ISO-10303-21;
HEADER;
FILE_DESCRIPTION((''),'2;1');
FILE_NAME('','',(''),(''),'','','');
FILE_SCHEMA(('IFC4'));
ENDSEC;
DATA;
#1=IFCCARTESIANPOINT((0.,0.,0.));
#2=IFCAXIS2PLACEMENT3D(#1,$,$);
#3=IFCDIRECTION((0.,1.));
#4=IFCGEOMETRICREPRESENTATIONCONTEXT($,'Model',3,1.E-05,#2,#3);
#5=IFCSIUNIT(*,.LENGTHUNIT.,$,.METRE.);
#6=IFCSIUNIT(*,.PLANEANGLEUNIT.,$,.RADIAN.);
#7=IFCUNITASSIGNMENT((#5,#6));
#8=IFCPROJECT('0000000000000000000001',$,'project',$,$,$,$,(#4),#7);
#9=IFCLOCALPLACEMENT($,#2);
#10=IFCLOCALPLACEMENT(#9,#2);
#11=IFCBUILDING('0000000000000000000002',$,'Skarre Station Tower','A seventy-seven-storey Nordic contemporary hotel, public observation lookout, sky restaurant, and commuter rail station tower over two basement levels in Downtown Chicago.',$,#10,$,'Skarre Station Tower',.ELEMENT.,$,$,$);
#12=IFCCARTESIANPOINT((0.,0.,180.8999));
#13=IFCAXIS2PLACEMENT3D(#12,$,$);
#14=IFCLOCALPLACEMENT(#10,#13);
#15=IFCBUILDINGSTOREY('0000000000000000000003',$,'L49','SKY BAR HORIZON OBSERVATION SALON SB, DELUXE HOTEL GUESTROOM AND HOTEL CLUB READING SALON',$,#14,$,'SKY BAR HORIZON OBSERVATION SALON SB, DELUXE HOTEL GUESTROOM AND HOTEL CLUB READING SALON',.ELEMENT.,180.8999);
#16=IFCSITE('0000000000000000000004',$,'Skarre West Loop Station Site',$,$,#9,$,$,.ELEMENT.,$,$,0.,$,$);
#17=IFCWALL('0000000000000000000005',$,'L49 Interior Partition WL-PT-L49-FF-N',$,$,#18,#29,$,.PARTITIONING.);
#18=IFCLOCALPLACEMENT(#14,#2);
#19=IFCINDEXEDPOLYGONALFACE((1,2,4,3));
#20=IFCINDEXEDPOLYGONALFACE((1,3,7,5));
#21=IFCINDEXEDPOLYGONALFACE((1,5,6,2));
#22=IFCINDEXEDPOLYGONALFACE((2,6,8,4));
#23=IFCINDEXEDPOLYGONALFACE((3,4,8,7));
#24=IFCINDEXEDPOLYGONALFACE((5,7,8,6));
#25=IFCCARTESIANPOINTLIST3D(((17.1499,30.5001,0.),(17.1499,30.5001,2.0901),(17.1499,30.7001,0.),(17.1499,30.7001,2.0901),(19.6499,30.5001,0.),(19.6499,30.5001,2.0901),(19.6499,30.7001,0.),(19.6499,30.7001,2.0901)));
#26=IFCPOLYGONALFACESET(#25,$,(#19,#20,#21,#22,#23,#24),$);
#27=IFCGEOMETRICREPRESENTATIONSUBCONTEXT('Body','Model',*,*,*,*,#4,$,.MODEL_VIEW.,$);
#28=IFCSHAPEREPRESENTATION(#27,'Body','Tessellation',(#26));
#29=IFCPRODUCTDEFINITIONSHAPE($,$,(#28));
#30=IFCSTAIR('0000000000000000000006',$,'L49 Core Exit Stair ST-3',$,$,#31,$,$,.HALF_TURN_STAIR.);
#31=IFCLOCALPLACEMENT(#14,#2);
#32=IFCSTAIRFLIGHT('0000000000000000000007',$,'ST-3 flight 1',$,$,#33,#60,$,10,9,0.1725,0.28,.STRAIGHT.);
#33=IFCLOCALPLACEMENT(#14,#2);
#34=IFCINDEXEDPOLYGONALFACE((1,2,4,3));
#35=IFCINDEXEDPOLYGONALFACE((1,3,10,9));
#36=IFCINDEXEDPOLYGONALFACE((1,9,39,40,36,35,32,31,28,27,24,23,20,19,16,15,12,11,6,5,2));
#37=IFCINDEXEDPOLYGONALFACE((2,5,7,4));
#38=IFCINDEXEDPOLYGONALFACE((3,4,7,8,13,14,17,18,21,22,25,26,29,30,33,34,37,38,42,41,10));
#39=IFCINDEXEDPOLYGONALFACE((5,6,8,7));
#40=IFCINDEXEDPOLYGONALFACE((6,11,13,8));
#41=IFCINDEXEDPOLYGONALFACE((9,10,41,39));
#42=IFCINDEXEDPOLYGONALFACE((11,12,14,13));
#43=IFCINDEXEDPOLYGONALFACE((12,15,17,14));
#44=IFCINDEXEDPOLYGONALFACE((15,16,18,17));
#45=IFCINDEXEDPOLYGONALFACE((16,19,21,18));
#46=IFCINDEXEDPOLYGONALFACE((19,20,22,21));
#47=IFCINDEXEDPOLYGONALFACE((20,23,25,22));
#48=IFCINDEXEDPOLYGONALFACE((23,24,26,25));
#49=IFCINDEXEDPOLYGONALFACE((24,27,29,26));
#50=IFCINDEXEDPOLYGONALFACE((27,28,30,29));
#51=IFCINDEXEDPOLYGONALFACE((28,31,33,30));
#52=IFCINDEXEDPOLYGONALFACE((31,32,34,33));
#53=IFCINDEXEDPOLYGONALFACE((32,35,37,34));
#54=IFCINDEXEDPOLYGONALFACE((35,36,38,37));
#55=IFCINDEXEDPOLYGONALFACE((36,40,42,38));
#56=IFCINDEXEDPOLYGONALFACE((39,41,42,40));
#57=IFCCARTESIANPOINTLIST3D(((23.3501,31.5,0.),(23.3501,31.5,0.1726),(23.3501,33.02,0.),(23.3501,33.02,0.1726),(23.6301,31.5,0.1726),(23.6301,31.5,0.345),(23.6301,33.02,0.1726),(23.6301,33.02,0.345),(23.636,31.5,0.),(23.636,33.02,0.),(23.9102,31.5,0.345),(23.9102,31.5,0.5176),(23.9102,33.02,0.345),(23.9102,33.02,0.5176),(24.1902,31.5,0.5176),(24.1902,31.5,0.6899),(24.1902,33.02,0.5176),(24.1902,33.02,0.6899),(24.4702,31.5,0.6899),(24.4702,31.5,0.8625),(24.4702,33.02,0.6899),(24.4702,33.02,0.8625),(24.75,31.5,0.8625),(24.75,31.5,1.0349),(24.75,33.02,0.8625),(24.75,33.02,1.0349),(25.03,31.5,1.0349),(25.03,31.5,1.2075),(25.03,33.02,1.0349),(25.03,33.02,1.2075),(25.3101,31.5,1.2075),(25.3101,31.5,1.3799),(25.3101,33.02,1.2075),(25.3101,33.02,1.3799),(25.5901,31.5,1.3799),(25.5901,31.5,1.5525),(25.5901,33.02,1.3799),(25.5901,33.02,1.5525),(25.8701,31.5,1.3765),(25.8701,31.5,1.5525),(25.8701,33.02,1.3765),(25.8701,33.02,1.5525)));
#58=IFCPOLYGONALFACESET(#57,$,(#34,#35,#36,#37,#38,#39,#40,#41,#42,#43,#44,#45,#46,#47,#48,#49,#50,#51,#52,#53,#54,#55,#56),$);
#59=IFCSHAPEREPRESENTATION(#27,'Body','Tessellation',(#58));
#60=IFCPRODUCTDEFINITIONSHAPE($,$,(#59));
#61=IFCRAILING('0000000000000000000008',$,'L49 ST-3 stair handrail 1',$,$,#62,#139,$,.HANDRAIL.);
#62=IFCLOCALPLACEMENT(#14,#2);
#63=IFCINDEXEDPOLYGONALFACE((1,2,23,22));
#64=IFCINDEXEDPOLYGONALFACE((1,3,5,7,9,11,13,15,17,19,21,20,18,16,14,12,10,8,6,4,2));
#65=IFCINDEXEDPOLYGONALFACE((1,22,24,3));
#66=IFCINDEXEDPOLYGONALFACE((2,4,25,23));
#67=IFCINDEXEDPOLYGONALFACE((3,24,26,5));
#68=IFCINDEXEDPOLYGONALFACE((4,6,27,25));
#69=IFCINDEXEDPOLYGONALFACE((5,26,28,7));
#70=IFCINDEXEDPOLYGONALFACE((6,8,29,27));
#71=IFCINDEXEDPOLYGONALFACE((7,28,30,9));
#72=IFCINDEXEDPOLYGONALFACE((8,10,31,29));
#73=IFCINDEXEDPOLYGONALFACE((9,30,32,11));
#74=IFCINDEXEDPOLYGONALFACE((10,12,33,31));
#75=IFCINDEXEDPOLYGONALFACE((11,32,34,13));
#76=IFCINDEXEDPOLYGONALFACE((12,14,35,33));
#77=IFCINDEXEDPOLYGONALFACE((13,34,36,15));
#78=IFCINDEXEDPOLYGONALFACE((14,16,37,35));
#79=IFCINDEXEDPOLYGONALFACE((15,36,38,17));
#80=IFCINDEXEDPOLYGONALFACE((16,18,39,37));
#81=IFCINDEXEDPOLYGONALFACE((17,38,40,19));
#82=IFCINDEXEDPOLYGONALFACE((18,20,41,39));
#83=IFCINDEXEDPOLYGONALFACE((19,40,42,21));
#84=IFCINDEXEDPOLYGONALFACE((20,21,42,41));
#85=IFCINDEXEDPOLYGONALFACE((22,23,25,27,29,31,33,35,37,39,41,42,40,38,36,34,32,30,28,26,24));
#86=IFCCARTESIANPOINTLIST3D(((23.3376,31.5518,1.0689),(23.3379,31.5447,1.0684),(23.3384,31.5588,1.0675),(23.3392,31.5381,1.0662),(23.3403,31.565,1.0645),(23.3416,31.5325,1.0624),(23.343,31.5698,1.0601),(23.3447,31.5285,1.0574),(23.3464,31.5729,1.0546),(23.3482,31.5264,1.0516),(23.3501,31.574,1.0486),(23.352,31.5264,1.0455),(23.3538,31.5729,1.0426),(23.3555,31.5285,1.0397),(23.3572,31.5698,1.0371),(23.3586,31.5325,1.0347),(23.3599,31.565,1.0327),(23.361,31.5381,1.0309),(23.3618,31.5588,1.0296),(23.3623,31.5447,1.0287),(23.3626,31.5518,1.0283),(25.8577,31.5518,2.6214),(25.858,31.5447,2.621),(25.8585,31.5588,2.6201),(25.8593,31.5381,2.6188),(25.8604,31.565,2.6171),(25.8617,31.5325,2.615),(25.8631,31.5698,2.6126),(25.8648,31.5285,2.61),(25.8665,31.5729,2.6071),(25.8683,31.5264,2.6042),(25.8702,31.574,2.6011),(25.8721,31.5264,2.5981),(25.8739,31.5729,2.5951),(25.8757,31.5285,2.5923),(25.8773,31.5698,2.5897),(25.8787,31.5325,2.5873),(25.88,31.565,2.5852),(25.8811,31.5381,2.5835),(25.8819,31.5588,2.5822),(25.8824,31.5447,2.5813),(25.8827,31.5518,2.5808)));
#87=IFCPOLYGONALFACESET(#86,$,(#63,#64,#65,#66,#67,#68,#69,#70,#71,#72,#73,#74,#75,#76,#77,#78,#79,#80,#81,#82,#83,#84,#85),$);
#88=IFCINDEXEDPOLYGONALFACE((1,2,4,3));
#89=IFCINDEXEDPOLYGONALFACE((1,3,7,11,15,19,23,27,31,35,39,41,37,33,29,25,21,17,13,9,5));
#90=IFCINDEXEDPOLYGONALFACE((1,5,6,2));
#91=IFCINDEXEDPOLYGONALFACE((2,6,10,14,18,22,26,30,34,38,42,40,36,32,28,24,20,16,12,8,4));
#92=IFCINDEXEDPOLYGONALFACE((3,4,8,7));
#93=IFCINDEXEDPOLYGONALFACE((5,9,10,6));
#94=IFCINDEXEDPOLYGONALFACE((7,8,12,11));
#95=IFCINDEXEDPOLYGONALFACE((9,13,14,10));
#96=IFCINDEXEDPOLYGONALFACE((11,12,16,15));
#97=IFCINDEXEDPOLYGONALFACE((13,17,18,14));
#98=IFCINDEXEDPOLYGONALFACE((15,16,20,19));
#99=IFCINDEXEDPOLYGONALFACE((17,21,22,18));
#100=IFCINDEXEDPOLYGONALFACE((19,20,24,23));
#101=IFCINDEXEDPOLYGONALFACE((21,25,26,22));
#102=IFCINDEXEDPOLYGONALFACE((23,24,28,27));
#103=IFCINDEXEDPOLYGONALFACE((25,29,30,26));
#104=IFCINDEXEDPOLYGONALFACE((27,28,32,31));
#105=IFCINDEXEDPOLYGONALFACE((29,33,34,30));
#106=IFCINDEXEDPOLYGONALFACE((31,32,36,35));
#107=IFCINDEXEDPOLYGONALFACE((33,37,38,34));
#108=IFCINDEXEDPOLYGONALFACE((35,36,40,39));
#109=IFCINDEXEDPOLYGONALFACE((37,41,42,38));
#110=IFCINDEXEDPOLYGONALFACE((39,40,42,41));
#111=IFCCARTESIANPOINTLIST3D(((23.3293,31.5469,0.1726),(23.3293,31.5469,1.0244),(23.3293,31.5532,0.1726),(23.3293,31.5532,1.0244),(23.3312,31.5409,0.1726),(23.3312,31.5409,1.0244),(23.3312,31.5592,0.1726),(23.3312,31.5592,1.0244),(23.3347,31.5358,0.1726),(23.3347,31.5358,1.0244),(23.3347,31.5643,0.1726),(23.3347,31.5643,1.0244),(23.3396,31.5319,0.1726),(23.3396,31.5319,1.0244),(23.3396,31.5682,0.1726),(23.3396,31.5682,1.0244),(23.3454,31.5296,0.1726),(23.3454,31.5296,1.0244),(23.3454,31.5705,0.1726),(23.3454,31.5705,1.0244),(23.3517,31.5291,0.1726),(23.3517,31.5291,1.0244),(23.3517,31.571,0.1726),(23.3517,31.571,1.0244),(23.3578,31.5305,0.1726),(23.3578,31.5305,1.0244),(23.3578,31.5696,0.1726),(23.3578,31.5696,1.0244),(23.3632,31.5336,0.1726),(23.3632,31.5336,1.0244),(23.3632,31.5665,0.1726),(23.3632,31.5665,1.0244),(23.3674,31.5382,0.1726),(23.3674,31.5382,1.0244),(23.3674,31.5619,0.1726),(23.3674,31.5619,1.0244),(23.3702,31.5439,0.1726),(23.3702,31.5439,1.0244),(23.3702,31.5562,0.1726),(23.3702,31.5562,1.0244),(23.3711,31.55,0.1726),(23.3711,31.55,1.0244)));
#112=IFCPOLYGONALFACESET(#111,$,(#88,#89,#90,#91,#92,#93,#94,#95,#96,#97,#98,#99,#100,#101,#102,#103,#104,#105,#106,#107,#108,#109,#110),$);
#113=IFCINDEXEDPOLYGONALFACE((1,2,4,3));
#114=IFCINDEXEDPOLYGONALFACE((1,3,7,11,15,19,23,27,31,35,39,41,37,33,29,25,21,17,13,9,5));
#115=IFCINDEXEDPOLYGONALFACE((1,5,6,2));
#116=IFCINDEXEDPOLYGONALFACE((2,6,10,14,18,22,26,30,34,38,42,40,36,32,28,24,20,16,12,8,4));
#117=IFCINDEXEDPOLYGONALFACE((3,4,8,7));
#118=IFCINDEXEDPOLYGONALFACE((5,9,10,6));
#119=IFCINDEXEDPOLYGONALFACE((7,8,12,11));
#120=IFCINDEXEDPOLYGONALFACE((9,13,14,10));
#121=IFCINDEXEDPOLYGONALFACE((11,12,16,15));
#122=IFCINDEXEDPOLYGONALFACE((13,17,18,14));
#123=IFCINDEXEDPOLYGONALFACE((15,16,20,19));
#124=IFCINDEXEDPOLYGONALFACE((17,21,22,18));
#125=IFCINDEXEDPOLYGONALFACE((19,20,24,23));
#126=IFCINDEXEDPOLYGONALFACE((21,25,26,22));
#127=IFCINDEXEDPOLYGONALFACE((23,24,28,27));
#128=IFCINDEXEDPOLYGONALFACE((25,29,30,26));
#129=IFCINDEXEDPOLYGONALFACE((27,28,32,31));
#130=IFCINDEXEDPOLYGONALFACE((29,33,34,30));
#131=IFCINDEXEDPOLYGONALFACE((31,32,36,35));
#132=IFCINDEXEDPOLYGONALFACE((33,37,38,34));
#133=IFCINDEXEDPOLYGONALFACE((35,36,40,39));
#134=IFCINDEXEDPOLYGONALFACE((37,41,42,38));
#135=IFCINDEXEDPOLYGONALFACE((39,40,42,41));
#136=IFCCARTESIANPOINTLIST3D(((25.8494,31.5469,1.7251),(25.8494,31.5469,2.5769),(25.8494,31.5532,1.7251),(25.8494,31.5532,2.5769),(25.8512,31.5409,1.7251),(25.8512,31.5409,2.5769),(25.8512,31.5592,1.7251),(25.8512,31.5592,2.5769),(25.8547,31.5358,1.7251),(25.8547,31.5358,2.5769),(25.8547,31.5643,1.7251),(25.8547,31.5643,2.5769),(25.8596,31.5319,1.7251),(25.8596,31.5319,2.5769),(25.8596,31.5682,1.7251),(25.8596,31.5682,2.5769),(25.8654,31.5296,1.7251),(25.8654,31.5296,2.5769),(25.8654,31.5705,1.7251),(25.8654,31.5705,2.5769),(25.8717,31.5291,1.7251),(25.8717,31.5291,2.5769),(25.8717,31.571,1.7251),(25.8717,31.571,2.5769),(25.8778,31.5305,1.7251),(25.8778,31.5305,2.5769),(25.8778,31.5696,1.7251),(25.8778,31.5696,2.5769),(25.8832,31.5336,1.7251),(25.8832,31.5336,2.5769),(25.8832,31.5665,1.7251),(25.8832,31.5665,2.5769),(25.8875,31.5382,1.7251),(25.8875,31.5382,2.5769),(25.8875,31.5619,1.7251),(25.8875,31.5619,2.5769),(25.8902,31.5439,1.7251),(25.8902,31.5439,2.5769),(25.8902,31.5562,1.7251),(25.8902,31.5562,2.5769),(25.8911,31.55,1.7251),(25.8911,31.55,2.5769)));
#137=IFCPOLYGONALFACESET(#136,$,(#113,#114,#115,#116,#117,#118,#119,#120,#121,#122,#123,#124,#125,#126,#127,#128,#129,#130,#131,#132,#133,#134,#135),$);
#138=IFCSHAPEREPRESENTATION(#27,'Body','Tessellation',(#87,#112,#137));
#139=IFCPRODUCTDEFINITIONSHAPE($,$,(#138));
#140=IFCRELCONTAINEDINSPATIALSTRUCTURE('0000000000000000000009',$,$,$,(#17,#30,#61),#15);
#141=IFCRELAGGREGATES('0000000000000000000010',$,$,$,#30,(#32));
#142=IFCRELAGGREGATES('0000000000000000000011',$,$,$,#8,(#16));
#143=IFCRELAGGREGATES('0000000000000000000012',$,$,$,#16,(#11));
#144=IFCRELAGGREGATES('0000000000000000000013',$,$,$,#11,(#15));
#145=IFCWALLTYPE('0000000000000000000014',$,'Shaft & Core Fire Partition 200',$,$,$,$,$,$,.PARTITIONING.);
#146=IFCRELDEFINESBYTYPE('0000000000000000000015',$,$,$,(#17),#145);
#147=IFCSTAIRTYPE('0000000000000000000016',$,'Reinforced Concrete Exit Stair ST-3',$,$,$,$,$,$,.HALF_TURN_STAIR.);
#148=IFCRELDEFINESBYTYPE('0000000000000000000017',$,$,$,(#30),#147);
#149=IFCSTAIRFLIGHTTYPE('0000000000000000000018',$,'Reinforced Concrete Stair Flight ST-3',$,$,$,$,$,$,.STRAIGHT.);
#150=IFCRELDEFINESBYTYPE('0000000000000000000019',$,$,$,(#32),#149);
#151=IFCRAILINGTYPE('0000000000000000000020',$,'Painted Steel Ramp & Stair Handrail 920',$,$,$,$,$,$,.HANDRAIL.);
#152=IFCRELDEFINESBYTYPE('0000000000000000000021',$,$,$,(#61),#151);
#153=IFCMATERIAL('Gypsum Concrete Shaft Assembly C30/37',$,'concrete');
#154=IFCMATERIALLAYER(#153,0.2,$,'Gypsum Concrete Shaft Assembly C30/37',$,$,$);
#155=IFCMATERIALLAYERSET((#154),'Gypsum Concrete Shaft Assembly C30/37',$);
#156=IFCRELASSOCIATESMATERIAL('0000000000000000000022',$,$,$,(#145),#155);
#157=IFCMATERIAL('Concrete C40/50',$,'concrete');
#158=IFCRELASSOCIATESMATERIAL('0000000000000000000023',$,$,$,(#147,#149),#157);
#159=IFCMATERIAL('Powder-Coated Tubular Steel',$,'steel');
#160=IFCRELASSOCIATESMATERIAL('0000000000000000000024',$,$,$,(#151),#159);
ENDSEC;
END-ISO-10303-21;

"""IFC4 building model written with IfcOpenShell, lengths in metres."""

from ifc_helpers import new_model, si_unit, direction, frame, frame_2d, origin, origin_2d, place, context, subcontext, project, spatial, polyline, rectangle, circle, outline, extrude, material, layer, layer_set, type_object, element, aggregate, save


model = new_model("IFC4")

# Units and contexts
model_context = context("Model", 3, precision=1e-05, world=origin(), true_north=direction((0.0, 1.0)))
body_context = subcontext(model_context, "Body", "Model", "MODEL_VIEW")
ifc_project = project(units=[si_unit("LENGTHUNIT", "METRE"), si_unit("PLANEANGLEUNIT", "RADIAN")], contexts=[model_context])

# Site, building, storey
site_placement = place(None, origin())
site = spatial("IfcSite", under=ifc_project, at=site_placement, Name="Skarre West Loop Station Site", CompositionType="ELEMENT", RefElevation=0.0)
building_placement = place(site_placement, origin())
building = spatial("IfcBuilding", under=site, at=building_placement, Name="Skarre Station Tower", Description="A seventy-seven-storey Nordic contemporary hotel, public observation lookout, sky restaurant, and commuter rail station tower over two basement levels in Downtown Chicago.", LongName="Skarre Station Tower", CompositionType="ELEMENT")
storey_placement = place(building_placement, frame((0.0, 0.0, 180.8999)))
storey = spatial("IfcBuildingStorey", under=building, at=storey_placement, Name="L49", Description="SKY BAR HORIZON OBSERVATION SALON SB, DELUXE HOTEL GUESTROOM AND HOTEL CLUB READING SALON", LongName="SKY BAR HORIZON OBSERVATION SALON SB, DELUXE HOTEL GUESTROOM AND HOTEL CLUB READING SALON", CompositionType="ELEMENT", Elevation=180.8999)

# Wall
ifc_material_1 = material(Name="Gypsum Concrete Shaft Assembly C30/37", Category="concrete")
ifc_layer_1 = layer(ifc_material_1, 0.2, Name="Gypsum Concrete Shaft Assembly C30/37")
ifc_layer_set_1 = layer_set([ifc_layer_1], Name="Gypsum Concrete Shaft Assembly C30/37")
wall_type_1 = type_object("IfcWallType", Name="Shaft & Core Fire Partition 200", PredefinedType="PARTITIONING", material=ifc_layer_set_1)
wall_1_placement = place(storey_placement, frame((19.6499, 30.6001, 0.0), z_axis=(0.0, 0.0, 1.0), x_axis=(-1.0, 0.0, 0.0)))
element("IfcWall", 1, at=wall_1_placement, inside=storey, type_object=wall_type_1, Name="L49 Interior Partition WL-PT-L49-FF-N", PredefinedType="PARTITIONING", context=body_context, shape_type="SweptSolid", body=[
    extrude(rectangle(XDim=2.5, YDim=0.2, at=frame_2d((1.25, 0.0))), origin(), (0.0, 0.0, 1.0), 2.0901),
])

# Stair, stair flight
ifc_material_2 = material(Name="Concrete C40/50", Category="concrete")
stair_type = type_object("IfcStairType", Name="Reinforced Concrete Exit Stair ST-3", PredefinedType="HALF_TURN_STAIR", material=ifc_material_2)
stair_placement = place(storey_placement, origin())
stair = element("IfcStair", 2, at=stair_placement, inside=storey, type_object=stair_type, Name="L49 Core Exit Stair ST-3", PredefinedType="HALF_TURN_STAIR")
stair_flight_type = type_object("IfcStairFlightType", Name="Reinforced Concrete Stair Flight ST-3", PredefinedType="STRAIGHT", material=ifc_material_2)
stair_flight_placement = place(storey_placement, frame((23.3501, 32.26, 0.0), z_axis=(0.0, 0.0, 1.0), x_axis=(1.0, 0.0, 0.0)))
stair_flight = element("IfcStairFlight", 3, at=stair_flight_placement, type_object=stair_flight_type, Name="ST-3 flight 1", NumberOfRisers=10, NumberOfTreads=9, PredefinedType="STRAIGHT", RiserHeight=0.1725, TreadLength=0.28, context=body_context, shape_type="SweptSolid", body=[
    extrude(outline(polyline([(0.0, 0.0), (0.0, 0.1726), (0.28, 0.1726), (0.28, 0.345), (0.5601, 0.345), (0.5601, 0.5176), (0.8401, 0.5176), (0.8401, 0.6899), (1.1201, 0.6899), (1.1201, 0.8625), (1.3999, 0.8625), (1.3999, 1.0349), (1.6799, 1.0349), (1.6799, 1.2075), (1.96, 1.2075), (1.96, 1.3799), (2.24, 1.3799), (2.24, 1.5525), (2.52, 1.5525), (2.52, 1.7251), (2.52, 1.3765), (0.2859, 0.0), (0.0, 0.0)])), frame((0.0, 0.76, 0.0), z_axis=(0.0, -1.0, 0.0), x_axis=(1.0, 0.0, 0.0)), (0.0, 0.0, 1.0), 1.52),
])
aggregate(stair, [stair_flight])

# Railing
ifc_material_3 = material(Name="Powder-Coated Tubular Steel", Category="steel")
railing_type_1 = type_object("IfcRailingType", Name="Painted Steel Ramp & Stair Handrail 920", PredefinedType="HANDRAIL", material=ifc_material_3)
railing_1_placement = place(storey_placement, frame((23.3501, 31.55, 0.1726)))
element("IfcRailing", 4, at=railing_1_placement, inside=storey, type_object=railing_type_1, Name="L49 ST-3 stair handrail 1", PredefinedType="HANDRAIL", context=body_context, shape_type="SweptSolid", body=[
    extrude(circle(Radius=0.0239, at=origin_2d()), frame((0.0, 0.0, 0.876), z_axis=(0.8514, 0.0, 0.524516), x_axis=(0.0, 1.0, 0.0)), (0.0, 0.0, 1.0), 2.96),
    extrude(circle(Radius=0.021, at=origin_2d()), origin(), (0.0, 0.0, 1.0), 0.8518),
    extrude(circle(Radius=0.021, at=origin_2d()), frame((2.52, 0.0, 1.5525)), (0.0, 0.0, 1.0), 0.8518),
])

save(model, "model.ifc")
